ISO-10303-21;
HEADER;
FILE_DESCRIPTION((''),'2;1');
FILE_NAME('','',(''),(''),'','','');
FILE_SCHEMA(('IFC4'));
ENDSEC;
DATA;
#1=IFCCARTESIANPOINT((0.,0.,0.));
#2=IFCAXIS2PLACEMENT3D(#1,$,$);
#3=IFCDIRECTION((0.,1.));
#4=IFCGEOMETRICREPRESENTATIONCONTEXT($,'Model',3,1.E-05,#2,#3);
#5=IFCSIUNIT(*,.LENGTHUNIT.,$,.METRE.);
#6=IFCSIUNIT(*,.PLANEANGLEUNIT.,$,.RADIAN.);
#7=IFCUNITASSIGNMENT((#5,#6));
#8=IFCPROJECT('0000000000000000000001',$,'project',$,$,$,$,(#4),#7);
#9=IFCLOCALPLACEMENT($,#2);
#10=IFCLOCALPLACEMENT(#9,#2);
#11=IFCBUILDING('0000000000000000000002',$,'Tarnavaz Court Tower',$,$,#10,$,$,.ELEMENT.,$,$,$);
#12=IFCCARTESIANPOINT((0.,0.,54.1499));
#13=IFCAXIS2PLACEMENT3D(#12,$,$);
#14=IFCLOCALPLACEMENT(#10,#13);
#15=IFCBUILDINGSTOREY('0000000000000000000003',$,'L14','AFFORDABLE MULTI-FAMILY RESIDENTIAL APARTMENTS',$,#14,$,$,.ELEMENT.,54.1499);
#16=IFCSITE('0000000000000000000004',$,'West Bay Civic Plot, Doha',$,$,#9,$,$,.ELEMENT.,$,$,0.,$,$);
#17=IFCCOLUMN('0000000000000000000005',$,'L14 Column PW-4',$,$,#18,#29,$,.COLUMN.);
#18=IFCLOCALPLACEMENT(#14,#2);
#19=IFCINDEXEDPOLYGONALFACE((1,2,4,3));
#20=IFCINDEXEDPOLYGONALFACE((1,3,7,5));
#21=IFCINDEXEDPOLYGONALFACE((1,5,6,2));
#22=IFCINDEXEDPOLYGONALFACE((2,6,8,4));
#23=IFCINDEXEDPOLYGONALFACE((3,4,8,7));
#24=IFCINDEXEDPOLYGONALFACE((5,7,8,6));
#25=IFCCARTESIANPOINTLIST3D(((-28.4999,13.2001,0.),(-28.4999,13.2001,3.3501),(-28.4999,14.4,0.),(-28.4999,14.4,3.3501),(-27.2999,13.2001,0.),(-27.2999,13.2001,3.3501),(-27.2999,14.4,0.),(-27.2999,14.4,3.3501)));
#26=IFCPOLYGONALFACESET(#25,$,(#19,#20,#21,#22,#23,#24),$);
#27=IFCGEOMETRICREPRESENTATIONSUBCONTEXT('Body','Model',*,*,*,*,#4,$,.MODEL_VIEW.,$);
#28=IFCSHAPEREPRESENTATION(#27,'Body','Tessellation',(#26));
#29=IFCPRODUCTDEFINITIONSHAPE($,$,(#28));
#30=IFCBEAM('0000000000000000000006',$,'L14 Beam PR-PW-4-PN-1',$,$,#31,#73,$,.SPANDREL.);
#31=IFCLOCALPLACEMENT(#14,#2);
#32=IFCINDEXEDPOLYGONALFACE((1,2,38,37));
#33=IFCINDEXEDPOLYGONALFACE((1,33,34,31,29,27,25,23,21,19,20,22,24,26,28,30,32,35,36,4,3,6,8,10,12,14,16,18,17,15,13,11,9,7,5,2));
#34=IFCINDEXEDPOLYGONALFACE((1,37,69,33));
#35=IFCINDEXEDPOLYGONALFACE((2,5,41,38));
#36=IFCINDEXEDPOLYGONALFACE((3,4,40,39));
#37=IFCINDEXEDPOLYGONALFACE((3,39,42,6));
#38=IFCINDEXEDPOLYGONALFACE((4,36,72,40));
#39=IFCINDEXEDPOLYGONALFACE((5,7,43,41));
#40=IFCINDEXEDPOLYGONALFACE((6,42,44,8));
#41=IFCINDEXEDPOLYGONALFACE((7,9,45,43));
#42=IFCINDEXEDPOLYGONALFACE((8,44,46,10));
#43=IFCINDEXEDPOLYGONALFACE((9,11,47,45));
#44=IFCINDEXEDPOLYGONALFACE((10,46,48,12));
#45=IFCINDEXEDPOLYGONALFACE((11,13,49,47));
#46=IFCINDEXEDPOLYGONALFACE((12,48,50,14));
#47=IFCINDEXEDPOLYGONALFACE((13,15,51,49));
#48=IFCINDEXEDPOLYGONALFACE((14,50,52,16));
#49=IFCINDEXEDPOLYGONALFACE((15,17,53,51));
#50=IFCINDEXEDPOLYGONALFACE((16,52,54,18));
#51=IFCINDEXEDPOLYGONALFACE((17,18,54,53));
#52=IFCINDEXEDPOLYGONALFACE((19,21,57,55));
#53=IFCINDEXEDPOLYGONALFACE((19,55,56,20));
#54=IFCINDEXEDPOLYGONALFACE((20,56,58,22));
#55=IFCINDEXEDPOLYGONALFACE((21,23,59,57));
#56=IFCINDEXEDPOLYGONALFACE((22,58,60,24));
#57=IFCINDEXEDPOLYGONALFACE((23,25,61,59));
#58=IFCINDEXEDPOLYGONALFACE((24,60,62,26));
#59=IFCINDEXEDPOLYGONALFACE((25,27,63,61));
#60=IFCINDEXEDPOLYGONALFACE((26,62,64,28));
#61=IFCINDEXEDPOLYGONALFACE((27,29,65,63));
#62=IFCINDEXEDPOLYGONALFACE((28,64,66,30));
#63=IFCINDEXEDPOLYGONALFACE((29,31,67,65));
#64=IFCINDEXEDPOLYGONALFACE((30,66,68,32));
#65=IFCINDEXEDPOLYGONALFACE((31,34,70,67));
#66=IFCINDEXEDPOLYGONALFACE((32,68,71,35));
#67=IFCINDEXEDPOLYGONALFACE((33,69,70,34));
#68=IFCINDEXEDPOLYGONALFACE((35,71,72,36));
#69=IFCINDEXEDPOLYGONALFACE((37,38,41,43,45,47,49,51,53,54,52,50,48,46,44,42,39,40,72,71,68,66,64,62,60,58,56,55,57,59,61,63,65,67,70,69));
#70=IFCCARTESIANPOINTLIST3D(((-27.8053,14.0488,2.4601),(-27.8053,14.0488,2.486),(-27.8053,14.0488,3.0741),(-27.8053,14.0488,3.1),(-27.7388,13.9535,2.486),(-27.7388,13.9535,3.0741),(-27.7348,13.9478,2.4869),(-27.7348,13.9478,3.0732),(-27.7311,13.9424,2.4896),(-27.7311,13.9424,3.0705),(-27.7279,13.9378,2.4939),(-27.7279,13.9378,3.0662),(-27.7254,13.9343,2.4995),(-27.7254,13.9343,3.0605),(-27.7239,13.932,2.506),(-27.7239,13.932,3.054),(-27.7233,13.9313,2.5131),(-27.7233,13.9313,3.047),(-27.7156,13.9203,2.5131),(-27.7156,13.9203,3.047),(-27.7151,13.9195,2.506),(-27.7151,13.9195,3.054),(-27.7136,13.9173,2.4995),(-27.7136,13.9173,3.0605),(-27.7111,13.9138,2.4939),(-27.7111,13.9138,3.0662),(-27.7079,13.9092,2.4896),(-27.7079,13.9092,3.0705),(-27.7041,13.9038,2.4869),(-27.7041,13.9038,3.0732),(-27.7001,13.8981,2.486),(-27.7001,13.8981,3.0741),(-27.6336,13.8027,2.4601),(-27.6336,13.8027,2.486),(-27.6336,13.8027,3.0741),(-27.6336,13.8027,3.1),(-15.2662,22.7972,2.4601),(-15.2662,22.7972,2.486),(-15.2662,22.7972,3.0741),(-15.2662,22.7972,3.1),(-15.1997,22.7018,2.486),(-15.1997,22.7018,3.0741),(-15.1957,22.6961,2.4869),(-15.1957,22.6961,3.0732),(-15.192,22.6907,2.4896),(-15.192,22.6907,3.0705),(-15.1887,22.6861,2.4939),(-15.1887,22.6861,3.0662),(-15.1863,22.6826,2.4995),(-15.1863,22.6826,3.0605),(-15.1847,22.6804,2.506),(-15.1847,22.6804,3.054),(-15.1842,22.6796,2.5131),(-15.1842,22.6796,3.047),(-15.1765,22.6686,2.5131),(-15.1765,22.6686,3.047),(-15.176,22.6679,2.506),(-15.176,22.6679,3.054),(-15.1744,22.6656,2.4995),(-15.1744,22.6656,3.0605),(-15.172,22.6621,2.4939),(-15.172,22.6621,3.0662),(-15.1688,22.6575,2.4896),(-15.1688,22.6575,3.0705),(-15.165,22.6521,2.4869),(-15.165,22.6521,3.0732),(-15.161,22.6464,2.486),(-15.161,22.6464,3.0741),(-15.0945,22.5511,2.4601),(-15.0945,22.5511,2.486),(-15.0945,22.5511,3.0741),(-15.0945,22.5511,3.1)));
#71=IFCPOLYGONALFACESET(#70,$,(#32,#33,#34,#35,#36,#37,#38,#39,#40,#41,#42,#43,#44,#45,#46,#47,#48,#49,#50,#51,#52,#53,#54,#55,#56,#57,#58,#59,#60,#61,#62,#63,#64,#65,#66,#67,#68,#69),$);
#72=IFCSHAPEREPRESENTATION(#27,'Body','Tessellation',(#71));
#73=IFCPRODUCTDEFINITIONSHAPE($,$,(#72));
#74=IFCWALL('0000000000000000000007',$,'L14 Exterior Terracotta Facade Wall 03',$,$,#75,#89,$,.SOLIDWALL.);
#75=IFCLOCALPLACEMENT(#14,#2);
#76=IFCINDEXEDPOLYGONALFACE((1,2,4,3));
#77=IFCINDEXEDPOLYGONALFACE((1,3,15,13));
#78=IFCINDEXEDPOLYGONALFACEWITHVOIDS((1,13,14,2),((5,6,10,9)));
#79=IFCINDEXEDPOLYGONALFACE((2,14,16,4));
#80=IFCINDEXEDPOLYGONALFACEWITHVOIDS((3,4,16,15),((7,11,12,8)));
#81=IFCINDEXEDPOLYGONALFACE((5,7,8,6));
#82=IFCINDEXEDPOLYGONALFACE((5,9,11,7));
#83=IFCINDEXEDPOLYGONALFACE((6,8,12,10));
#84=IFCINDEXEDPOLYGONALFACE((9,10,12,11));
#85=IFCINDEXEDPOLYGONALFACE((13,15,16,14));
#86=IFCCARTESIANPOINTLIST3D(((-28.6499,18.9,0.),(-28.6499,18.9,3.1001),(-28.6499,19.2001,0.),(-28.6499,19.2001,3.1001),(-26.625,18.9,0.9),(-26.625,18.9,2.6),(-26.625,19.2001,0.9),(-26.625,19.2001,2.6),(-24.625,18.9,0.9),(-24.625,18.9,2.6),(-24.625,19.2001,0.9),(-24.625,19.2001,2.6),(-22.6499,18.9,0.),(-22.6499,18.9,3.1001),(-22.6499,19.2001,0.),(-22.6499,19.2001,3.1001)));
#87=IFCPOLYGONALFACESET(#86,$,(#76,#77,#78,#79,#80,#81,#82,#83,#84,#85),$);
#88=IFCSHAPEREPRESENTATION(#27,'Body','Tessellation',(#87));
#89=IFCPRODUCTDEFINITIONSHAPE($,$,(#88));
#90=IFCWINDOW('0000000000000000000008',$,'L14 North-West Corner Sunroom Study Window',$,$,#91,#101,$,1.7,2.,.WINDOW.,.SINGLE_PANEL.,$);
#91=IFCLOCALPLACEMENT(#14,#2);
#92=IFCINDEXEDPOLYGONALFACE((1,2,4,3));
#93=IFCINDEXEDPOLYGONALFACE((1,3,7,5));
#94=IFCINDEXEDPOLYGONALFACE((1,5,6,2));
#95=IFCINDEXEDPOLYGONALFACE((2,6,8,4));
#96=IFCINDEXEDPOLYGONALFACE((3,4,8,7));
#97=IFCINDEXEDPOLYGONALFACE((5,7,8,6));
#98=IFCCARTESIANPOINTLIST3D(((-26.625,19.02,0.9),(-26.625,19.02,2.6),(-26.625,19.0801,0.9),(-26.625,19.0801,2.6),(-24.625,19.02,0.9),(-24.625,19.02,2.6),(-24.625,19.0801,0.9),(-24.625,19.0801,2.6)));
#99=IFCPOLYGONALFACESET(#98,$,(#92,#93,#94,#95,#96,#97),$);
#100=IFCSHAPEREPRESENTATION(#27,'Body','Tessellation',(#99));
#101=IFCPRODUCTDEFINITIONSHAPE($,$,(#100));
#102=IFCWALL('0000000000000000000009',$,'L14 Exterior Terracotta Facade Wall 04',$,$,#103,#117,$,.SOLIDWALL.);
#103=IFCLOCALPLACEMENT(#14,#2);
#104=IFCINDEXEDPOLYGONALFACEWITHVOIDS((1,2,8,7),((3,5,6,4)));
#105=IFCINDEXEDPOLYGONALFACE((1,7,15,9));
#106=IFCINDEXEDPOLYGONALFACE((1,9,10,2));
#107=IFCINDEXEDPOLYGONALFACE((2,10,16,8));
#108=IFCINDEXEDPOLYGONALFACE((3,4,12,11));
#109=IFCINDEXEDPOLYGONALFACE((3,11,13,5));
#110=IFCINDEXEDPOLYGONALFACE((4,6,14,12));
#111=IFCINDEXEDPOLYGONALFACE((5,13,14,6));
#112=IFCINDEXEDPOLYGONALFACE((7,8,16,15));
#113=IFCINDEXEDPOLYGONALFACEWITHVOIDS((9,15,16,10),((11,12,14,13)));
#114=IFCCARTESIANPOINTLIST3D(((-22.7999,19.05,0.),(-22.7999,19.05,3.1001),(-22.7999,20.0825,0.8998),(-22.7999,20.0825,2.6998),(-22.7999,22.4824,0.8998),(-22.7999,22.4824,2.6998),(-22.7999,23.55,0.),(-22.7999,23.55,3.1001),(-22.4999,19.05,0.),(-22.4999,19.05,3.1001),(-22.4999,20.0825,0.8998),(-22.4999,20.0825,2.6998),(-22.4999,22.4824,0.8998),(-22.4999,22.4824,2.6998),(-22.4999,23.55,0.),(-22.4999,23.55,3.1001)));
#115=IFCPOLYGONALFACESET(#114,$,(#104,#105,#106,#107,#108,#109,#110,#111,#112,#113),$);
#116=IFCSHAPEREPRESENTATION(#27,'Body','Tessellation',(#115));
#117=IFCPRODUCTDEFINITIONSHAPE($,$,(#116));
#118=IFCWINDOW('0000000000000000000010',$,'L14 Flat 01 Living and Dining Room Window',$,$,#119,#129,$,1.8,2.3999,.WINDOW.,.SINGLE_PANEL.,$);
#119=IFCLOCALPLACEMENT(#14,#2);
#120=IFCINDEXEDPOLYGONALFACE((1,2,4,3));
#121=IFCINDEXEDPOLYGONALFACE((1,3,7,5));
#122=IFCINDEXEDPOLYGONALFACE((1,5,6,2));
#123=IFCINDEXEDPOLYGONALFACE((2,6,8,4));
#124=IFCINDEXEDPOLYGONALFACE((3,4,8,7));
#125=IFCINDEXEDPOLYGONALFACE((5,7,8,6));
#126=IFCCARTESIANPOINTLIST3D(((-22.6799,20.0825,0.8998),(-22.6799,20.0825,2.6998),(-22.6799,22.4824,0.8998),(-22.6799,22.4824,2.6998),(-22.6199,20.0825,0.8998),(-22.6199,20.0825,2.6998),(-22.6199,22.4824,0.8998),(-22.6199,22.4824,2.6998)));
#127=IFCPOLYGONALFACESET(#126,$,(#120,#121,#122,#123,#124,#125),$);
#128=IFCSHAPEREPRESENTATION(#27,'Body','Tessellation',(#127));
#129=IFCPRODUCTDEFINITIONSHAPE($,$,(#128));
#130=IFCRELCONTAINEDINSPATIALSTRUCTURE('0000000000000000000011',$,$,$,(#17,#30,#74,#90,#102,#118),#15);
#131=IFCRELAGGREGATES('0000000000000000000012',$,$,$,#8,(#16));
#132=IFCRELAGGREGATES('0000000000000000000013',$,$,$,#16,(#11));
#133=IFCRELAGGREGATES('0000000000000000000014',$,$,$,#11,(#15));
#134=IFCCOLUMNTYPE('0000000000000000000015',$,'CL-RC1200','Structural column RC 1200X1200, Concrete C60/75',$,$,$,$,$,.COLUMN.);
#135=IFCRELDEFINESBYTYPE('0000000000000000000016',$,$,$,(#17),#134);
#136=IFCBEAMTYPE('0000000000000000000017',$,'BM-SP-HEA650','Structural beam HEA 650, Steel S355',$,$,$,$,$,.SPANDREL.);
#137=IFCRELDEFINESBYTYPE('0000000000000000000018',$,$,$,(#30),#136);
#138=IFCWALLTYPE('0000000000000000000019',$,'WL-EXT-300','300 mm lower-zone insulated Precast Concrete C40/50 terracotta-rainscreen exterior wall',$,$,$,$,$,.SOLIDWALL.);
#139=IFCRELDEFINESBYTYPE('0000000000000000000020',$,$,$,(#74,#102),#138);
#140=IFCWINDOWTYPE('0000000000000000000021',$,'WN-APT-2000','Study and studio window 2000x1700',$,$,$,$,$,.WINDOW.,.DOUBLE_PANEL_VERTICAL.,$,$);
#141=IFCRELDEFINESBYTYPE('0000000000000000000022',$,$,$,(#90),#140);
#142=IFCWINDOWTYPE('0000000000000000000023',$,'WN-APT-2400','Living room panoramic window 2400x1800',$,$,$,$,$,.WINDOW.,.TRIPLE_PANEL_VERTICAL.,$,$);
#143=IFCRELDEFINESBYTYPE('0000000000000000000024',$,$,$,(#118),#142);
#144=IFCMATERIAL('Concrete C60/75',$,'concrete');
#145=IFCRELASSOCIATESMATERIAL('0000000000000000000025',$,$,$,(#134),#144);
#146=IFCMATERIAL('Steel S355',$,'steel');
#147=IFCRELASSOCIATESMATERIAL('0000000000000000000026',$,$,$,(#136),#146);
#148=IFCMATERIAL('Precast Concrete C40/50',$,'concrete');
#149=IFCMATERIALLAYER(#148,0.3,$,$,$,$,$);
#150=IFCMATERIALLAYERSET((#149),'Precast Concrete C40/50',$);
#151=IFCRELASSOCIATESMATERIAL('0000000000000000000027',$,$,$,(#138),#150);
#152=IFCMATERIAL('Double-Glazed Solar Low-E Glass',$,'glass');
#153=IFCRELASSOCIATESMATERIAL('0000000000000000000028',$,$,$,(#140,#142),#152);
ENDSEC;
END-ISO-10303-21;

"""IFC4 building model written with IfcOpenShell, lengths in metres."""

from ifc_helpers import new_model, si_unit, direction, frame, frame_2d, origin, origin_2d, place, context, subcontext, project, spatial, rectangle, i_section, extrude, material, layer, layer_set, material_profile, profile_set, type_object, element, fill, save


model = new_model("IFC4")

# Units and contexts
model_context = context("Model", 3, precision=1e-05, world=origin(), true_north=direction((0.0, 1.0)))
body_context = subcontext(model_context, "Body", "Model", "MODEL_VIEW")
ifc_project = project(units=[si_unit("LENGTHUNIT", "METRE"), si_unit("PLANEANGLEUNIT", "RADIAN")], contexts=[model_context])

# Site, building, storey
site_placement = place(None, origin())
site = spatial("IfcSite", under=ifc_project, at=site_placement, Name="West Bay Civic Plot, Doha", CompositionType="ELEMENT", RefElevation=0.0)
building_placement = place(site_placement, origin())
building = spatial("IfcBuilding", under=site, at=building_placement, Name="Tarnavaz Court Tower", CompositionType="ELEMENT")
storey_placement = place(building_placement, frame((0.0, 0.0, 54.1499)))
storey = spatial("IfcBuildingStorey", under=building, at=storey_placement, Name="L14", Description="AFFORDABLE MULTI-FAMILY RESIDENTIAL APARTMENTS", CompositionType="ELEMENT", Elevation=54.1499)

# Column
ifc_material_1 = material(Name="Concrete C60/75", Category="concrete")
ifc_material_profile_1 = material_profile(ifc_material_1, rectangle(XDim=1.2, YDim=1.2, at=origin_2d()), Name="RC 1200X1200")
ifc_profile_set_1 = profile_set([ifc_material_profile_1], Name="Concrete C60/75")
column_type = type_object("IfcColumnType", Name="CL-RC1200", Description="Structural column RC 1200X1200, Concrete C60/75", PredefinedType="COLUMN", material=ifc_profile_set_1)
column_placement = place(storey_placement, frame((-27.8999, 13.8, 0.0), z_axis=(0.0, 0.0, 1.0), x_axis=(1.0, 0.0, 0.0)))
element("IfcColumn", 1, at=column_placement, inside=storey, type_object=column_type, Name="L14 Column PW-4", PredefinedType="COLUMN", context=body_context, shape_type="SweptSolid", body=[
    extrude(rectangle(XDim=1.2, YDim=1.2, at=origin_2d()), origin(), (0.0, 0.0, 1.0), 3.3501),
])

# Beam
ifc_material_2 = material(Name="Steel S355", Category="steel")
ifc_material_profile_2 = material_profile(ifc_material_2, i_section(OverallWidth=0.3, OverallDepth=0.6399, WebThickness=0.0134, FlangeThickness=0.0259, FilletRadius=0.0271, at=origin_2d()), Name="HEA 650")
ifc_profile_set_2 = profile_set([ifc_material_profile_2], Name="Steel S355")
beam_type = type_object("IfcBeamType", Name="BM-SP-HEA650", Description="Structural beam HEA 650, Steel S355", PredefinedType="SPANDREL", material=ifc_profile_set_2)
beam_placement = place(storey_placement, frame((-27.7195, 13.9258, 2.78), z_axis=(0.820124, 0.572186, 0.0), x_axis=(-0.572186, 0.820124, 0.0)))
element("IfcBeam", 2, at=beam_placement, inside=storey, type_object=beam_type, Name="L14 Beam PR-PW-4-PN-1", PredefinedType="SPANDREL", context=body_context, shape_type="SweptSolid", body=[
    extrude(i_section(OverallWidth=0.3, OverallDepth=0.6399, WebThickness=0.0134, FlangeThickness=0.0259, FilletRadius=0.0271, at=origin_2d()), origin(), (0.0, 0.0, 1.0), 15.2893),
])

# Walls, openings, windows
ifc_material_3 = material(Name="Precast Concrete C40/50", Category="concrete")
ifc_layer_1 = layer(ifc_material_3, 0.3)
ifc_layer_set_1 = layer_set([ifc_layer_1], Name="Precast Concrete C40/50")
wall_type_1 = type_object("IfcWallType", Name="WL-EXT-300", Description="300 mm lower-zone insulated Precast Concrete C40/50 terracotta-rainscreen exterior wall", PredefinedType="SOLIDWALL", material=ifc_layer_set_1)
wall_1_placement = place(storey_placement, frame((-28.6499, 19.05, 0.0), z_axis=(0.0, 0.0, 1.0), x_axis=(1.0, 0.0, 0.0)))
wall_1 = element("IfcWall", 3, at=wall_1_placement, inside=storey, type_object=wall_type_1, Name="L14 Exterior Terracotta Facade Wall 03", PredefinedType="SOLIDWALL", context=body_context, shape_type="SweptSolid", body=[
    extrude(rectangle(XDim=6.0, YDim=0.3, at=frame_2d((3.0, 0.0))), origin(), (0.0, 0.0, 1.0), 3.1001),
])
opening_1_placement = place(wall_1_placement, frame((2.0249, 0.0, 0.8999)))
opening_1 = element("IfcOpeningElement", 4, at=opening_1_placement, cuts=wall_1, PredefinedType="OPENING", context=body_context, shape_type="SweptSolid", body=[
    extrude(rectangle(XDim=2.0, YDim=1.7, at=frame_2d((1.0, 0.8501))), frame((0.0, 0.1599, 0.0), z_axis=(0.0, -1.0, 0.0), x_axis=(1.0, 0.0, 0.0)), (0.0, 0.0, 1.0), 0.3201),
])
ifc_material_4 = material(Name="Double-Glazed Solar Low-E Glass", Category="glass")
window_type_1 = type_object("IfcWindowType", Name="WN-APT-2000", Description="Study and studio window 2000x1700", PartitioningType="DOUBLE_PANEL_VERTICAL", PredefinedType="WINDOW", material=ifc_material_4)
window_1_placement = place(opening_1_placement, origin())
window_1 = element("IfcWindow", 5, at=window_1_placement, inside=storey, type_object=window_type_1, Name="L14 North-West Corner Sunroom Study Window", OverallHeight=1.7, OverallWidth=2.0, PartitioningType="SINGLE_PANEL", PredefinedType="WINDOW", context=body_context, shape_type="SweptSolid", body=[
    extrude(rectangle(XDim=2.0, YDim=1.7, at=frame_2d((1.0, 0.8501))), frame((0.0, 0.03, 0.0), z_axis=(0.0, -1.0, 0.0), x_axis=(1.0, 0.0, 0.0)), (0.0, 0.0, 1.0), 0.0601),
])
fill(opening_1, window_1)
wall_2_placement = place(storey_placement, frame((-22.6499, 19.05, 0.0), z_axis=(0.0, 0.0, 1.0), x_axis=(0.0, 1.0, 0.0)))
wall_2 = element("IfcWall", 6, at=wall_2_placement, inside=storey, type_object=wall_type_1, Name="L14 Exterior Terracotta Facade Wall 04", PredefinedType="SOLIDWALL", context=body_context, shape_type="SweptSolid", body=[
    extrude(rectangle(XDim=4.5, YDim=0.3, at=frame_2d((2.25, 0.0))), origin(), (0.0, 0.0, 1.0), 3.1001),
])
opening_2_placement = place(wall_2_placement, frame((1.0325, 0.0, 0.8999)))
opening_2 = element("IfcOpeningElement", 7, at=opening_2_placement, cuts=wall_2, PredefinedType="OPENING", context=body_context, shape_type="SweptSolid", body=[
    extrude(rectangle(XDim=2.3999, YDim=1.8, at=frame_2d((1.2, 0.8999))), frame((0.0, 0.1599, 0.0), z_axis=(0.0, -1.0, 0.0), x_axis=(1.0, 0.0, 0.0)), (0.0, 0.0, 1.0), 0.3201),
])
window_type_2 = type_object("IfcWindowType", Name="WN-APT-2400", Description="Living room panoramic window 2400x1800", PartitioningType="TRIPLE_PANEL_VERTICAL", PredefinedType="WINDOW", material=ifc_material_4)
window_2_placement = place(opening_2_placement, origin())
window_2 = element("IfcWindow", 8, at=window_2_placement, inside=storey, type_object=window_type_2, Name="L14 Flat 01 Living and Dining Room Window", OverallHeight=1.8, OverallWidth=2.3999, PartitioningType="SINGLE_PANEL", PredefinedType="WINDOW", context=body_context, shape_type="SweptSolid", body=[
    extrude(rectangle(XDim=2.3999, YDim=1.8, at=frame_2d((1.2, 0.8999))), frame((0.0, 0.03, 0.0), z_axis=(0.0, -1.0, 0.0), x_axis=(1.0, 0.0, 0.0)), (0.0, 0.0, 1.0), 0.0601),
])
fill(opening_2, window_2)

save(model, "model.ifc")
